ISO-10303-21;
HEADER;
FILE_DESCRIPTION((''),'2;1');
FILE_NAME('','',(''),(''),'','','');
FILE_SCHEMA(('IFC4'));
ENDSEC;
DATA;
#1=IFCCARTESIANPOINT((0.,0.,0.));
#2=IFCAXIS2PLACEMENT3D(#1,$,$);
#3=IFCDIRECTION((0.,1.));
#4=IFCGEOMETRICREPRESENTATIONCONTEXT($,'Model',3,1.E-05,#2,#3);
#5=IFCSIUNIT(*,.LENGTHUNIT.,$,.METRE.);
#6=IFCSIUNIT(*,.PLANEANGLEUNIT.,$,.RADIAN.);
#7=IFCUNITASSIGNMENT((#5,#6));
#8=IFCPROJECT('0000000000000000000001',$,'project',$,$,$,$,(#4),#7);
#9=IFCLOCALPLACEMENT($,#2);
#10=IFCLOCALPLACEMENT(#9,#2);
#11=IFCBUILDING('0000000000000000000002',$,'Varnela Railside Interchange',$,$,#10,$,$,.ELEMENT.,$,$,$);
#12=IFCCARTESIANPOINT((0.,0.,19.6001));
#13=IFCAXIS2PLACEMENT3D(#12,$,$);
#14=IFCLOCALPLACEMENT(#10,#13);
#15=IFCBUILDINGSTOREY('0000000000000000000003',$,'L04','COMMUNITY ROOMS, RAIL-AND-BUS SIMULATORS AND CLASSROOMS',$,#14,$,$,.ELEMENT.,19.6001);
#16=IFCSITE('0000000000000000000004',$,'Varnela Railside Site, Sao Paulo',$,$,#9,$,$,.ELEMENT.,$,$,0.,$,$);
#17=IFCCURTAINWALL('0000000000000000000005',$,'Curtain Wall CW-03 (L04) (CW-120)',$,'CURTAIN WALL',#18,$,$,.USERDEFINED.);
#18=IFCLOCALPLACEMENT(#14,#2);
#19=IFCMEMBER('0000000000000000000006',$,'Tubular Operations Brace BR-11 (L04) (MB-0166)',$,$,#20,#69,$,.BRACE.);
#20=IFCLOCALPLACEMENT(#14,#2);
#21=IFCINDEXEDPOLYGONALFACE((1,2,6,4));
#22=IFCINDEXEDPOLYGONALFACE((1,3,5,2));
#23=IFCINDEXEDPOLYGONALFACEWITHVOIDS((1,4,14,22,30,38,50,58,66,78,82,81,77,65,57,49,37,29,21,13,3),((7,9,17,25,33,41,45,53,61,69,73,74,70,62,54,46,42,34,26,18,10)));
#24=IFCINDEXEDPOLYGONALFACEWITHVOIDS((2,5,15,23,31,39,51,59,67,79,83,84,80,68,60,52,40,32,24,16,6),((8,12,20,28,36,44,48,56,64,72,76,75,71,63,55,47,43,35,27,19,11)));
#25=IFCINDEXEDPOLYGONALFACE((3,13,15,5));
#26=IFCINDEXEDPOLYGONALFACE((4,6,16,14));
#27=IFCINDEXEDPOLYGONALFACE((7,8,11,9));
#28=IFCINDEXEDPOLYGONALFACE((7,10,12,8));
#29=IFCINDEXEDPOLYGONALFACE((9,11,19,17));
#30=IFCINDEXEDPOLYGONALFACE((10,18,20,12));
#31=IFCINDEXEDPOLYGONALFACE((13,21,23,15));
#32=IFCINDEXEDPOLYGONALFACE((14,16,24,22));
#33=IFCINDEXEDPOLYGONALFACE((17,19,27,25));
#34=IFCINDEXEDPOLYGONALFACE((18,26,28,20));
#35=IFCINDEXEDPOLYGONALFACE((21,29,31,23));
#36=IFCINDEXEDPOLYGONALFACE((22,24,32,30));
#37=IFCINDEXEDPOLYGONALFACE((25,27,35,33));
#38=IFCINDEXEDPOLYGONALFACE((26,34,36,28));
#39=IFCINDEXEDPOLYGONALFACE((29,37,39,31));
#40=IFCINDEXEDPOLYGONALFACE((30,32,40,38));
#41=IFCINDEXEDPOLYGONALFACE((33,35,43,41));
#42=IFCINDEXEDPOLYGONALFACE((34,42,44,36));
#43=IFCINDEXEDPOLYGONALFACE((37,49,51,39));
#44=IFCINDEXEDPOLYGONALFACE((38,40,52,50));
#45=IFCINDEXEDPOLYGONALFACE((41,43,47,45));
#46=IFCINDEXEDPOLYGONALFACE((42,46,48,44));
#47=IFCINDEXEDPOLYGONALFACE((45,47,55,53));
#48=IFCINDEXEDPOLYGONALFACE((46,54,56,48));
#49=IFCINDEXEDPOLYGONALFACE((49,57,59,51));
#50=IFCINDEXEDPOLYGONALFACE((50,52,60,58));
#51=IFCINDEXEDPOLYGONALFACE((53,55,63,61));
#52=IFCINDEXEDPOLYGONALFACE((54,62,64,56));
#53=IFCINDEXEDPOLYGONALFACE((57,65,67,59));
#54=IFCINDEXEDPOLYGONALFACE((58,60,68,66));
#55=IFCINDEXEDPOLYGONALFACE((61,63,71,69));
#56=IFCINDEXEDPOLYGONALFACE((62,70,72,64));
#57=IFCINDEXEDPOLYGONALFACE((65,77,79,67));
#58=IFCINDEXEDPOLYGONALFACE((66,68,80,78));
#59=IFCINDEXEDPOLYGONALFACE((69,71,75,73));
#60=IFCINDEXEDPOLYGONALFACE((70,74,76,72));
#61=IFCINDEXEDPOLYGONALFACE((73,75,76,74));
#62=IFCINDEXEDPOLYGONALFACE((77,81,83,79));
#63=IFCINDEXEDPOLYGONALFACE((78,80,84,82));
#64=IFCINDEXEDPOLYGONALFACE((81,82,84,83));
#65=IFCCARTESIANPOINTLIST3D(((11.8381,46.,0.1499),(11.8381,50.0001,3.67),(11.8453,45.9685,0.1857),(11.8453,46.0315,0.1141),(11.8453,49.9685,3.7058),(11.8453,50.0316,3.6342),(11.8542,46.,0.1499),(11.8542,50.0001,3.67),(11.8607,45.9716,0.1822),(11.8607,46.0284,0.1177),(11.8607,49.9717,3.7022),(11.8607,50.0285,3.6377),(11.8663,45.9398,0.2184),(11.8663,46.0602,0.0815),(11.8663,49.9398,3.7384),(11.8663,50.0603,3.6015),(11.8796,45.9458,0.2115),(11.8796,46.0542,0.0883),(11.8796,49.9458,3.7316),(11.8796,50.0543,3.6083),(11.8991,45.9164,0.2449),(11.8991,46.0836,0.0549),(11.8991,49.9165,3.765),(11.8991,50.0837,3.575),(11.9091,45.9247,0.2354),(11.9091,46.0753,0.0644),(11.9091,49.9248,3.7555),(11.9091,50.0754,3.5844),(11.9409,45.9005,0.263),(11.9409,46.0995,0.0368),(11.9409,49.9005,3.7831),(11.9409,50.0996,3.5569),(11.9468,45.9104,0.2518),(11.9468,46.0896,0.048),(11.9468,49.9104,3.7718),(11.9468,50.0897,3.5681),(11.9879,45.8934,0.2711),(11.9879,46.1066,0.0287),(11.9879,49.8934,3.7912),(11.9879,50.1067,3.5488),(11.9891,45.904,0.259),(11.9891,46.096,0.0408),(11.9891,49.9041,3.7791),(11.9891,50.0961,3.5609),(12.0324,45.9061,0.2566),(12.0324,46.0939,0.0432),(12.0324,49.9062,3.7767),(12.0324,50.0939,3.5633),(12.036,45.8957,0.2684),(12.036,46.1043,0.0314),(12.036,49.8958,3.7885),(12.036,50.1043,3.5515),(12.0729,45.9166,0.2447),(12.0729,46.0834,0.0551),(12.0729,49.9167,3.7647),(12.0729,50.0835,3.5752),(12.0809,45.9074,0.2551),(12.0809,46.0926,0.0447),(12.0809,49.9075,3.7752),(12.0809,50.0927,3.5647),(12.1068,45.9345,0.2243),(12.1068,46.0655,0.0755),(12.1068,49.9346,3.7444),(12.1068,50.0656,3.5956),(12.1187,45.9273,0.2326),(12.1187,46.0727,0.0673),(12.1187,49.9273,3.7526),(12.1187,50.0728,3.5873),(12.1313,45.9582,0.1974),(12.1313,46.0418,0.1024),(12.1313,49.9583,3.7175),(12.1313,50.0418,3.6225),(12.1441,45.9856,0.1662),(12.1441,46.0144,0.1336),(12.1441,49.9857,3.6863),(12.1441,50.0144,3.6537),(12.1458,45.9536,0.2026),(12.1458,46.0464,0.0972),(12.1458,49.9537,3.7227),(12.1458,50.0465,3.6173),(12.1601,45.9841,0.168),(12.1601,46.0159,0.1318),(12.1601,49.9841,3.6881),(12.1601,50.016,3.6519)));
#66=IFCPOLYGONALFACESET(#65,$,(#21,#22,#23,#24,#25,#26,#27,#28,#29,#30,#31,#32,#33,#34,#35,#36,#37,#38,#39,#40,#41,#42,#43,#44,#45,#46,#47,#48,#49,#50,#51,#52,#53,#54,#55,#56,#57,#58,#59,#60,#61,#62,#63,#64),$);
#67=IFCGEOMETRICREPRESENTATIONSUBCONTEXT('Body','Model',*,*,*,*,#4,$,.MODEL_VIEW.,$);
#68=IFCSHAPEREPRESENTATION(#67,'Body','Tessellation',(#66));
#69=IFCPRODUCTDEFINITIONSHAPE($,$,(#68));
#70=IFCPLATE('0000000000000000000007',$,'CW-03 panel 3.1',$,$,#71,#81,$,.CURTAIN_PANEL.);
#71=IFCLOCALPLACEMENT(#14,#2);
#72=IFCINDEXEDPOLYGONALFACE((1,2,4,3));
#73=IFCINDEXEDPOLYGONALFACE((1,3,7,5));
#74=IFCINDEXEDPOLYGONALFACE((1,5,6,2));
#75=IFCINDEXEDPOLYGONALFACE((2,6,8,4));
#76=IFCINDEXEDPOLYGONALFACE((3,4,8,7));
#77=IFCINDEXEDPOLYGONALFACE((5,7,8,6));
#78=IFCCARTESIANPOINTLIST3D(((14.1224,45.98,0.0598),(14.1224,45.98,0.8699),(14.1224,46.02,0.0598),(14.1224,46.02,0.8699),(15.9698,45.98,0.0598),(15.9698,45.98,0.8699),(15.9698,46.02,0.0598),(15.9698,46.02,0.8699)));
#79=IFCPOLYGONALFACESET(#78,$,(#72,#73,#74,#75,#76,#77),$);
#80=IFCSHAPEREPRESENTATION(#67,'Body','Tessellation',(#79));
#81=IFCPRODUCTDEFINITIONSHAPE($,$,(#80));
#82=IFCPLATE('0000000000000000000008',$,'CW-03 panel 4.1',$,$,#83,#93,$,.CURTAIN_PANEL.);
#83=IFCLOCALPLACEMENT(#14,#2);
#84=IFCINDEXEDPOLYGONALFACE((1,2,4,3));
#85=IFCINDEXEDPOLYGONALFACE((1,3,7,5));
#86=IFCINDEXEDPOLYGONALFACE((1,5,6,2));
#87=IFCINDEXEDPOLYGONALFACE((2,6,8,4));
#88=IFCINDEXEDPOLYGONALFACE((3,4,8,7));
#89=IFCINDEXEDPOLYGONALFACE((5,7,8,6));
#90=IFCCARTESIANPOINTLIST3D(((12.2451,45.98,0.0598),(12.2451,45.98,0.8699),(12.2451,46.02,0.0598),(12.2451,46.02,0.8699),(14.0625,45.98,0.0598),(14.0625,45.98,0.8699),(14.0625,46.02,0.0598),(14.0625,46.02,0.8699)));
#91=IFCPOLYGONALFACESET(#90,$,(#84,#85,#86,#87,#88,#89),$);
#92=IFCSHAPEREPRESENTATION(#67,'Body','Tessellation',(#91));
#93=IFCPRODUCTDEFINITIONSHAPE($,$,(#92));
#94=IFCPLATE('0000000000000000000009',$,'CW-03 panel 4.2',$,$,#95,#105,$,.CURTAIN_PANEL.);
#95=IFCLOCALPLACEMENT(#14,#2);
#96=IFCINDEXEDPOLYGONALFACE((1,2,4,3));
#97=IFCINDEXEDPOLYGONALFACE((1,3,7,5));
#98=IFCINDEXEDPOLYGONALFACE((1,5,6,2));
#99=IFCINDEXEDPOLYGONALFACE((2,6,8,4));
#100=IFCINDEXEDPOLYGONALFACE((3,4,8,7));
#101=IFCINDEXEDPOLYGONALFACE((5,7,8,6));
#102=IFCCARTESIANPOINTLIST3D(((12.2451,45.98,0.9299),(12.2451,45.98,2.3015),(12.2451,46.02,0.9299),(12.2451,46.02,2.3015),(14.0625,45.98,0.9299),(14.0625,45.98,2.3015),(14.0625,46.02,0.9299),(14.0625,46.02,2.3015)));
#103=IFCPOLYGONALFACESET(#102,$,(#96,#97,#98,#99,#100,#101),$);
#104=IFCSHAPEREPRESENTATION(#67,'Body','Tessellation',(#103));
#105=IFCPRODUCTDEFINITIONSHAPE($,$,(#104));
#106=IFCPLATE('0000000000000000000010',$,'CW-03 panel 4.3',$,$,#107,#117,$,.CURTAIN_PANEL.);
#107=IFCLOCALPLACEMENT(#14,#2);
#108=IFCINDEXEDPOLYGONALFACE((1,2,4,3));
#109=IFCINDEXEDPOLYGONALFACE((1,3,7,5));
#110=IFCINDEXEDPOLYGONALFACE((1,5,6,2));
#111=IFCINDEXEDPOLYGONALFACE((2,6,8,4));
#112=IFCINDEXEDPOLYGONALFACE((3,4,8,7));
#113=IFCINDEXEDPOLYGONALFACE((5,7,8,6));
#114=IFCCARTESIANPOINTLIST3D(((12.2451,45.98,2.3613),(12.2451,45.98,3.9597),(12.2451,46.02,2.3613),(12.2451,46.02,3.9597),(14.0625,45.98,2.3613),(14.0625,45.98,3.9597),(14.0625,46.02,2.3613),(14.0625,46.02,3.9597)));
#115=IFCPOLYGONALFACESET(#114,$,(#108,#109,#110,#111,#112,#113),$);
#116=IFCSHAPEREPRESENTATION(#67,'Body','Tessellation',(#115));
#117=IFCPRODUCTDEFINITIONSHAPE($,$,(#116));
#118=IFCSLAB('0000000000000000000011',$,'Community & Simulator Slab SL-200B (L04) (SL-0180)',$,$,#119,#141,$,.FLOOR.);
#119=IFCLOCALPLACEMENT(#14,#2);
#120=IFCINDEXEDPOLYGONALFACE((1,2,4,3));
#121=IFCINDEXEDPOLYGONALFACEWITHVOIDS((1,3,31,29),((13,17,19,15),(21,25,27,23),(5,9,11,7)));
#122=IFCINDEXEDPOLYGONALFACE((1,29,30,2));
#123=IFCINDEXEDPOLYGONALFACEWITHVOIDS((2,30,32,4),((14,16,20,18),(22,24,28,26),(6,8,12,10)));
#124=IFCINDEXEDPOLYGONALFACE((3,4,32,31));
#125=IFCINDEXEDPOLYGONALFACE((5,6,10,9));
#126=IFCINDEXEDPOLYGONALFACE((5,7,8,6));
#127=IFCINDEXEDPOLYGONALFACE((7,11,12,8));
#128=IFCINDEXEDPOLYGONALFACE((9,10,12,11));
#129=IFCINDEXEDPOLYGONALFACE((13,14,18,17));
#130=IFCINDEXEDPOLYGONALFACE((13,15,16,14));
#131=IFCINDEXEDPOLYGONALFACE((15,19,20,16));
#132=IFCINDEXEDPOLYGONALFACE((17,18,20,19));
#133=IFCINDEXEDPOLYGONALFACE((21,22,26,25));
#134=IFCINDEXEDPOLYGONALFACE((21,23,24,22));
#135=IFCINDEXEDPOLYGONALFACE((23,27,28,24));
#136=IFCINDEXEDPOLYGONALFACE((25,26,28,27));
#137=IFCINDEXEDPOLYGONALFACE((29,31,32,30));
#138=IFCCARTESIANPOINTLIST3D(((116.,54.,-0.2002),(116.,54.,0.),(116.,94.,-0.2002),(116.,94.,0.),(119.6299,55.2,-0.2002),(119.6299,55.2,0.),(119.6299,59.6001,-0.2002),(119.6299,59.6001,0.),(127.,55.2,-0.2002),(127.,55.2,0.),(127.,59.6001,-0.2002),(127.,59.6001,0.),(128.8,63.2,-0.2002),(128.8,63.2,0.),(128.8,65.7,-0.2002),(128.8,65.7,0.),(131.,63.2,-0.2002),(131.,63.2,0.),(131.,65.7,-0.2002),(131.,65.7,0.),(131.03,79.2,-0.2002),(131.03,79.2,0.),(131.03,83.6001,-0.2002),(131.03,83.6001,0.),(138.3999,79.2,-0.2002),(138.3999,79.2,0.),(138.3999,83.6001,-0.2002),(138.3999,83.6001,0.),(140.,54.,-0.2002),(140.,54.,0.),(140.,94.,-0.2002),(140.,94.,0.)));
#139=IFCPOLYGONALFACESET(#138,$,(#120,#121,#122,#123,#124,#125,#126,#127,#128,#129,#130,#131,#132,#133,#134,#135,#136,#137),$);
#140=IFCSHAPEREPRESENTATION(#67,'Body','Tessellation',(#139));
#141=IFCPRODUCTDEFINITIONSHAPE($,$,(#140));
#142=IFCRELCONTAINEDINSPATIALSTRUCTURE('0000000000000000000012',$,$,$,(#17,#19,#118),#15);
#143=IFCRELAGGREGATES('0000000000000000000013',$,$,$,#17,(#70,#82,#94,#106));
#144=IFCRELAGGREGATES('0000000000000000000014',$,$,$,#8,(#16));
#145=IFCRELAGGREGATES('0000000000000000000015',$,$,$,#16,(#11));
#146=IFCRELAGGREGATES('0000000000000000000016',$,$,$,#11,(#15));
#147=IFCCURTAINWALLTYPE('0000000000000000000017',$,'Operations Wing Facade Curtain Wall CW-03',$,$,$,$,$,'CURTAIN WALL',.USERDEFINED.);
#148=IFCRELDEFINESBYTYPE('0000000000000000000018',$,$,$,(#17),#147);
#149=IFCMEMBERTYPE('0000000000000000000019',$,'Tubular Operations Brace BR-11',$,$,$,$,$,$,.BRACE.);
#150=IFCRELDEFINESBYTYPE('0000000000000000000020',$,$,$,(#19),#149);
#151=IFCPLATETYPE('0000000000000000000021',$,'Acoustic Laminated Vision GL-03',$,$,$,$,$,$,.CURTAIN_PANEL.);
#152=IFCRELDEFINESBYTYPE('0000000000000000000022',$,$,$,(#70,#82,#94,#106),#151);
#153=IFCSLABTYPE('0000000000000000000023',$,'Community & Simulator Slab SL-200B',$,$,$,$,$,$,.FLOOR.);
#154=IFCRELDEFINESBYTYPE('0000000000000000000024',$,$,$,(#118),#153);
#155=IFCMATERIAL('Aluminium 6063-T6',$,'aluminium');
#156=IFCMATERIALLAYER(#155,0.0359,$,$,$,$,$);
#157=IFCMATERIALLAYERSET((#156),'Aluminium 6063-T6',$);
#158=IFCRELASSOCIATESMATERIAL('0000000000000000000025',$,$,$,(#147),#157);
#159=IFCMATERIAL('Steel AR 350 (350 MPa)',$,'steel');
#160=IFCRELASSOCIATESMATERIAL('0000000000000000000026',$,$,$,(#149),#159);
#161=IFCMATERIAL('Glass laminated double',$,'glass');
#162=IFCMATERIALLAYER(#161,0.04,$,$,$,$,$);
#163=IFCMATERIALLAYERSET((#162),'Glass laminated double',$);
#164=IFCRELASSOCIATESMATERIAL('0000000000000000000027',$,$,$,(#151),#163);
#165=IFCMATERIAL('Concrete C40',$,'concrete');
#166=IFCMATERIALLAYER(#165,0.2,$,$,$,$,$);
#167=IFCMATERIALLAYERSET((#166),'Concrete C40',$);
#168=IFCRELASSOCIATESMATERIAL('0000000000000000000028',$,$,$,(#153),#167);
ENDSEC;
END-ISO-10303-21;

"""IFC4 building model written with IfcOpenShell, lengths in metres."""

from ifc_helpers import new_model, si_unit, direction, frame, origin, origin_2d, place, context, subcontext, project, spatial, polyline, rectangle, hollow_circle, outline, extrude, material, layer, layer_set, material_profile, profile_set, type_object, element, aggregate, save


model = new_model("IFC4")

# Units and contexts
model_context = context("Model", 3, precision=1e-05, world=origin(), true_north=direction((0.0, 1.0)))
body_context = subcontext(model_context, "Body", "Model", "MODEL_VIEW")
ifc_project = project(units=[si_unit("LENGTHUNIT", "METRE"), si_unit("PLANEANGLEUNIT", "RADIAN")], contexts=[model_context])

# Site, building, storey
site_placement = place(None, origin())
site = spatial("IfcSite", under=ifc_project, at=site_placement, Name="Varnela Railside Site, Sao Paulo", CompositionType="ELEMENT", RefElevation=0.0)
building_placement = place(site_placement, origin())
building = spatial("IfcBuilding", under=site, at=building_placement, Name="Varnela Railside Interchange", CompositionType="ELEMENT")
storey_placement = place(building_placement, frame((0.0, 0.0, 19.6001)))
storey = spatial("IfcBuildingStorey", under=building, at=storey_placement, Name="L04", Description="COMMUNITY ROOMS, RAIL-AND-BUS SIMULATORS AND CLASSROOMS", CompositionType="ELEMENT", Elevation=19.6001)

# Shared definitions
ifc_material_1 = material(Name="Steel AR 350 (350 MPa)", Category="steel")

# Curtain wall
ifc_material_2 = material(Name="Aluminium 6063-T6", Category="aluminium")
ifc_layer_1 = layer(ifc_material_2, 0.0359)
ifc_layer_set_1 = layer_set([ifc_layer_1], Name="Aluminium 6063-T6")
curtain_wall_type = type_object("IfcCurtainWallType", Name="Operations Wing Facade Curtain Wall CW-03", ElementType="CURTAIN WALL", PredefinedType="USERDEFINED", material=ifc_layer_set_1)
curtain_wall_placement = place(storey_placement, origin())
curtain_wall = element("IfcCurtainWall", 1, at=curtain_wall_placement, inside=storey, type_object=curtain_wall_type, Name="Curtain Wall CW-03 (L04) (CW-120)", ObjectType="CURTAIN WALL", PredefinedType="USERDEFINED")

# Member
ifc_material_profile_1 = material_profile(ifc_material_1, hollow_circle(Radius=0.1619, WallThickness=0.0161, at=origin_2d()), Name="CHS 323.9x16")
ifc_profile_set_1 = profile_set([ifc_material_profile_1], Name="Steel AR 350 (350 MPa)")
member_type_1 = type_object("IfcMemberType", Name="Tubular Operations Brace BR-11", PredefinedType="BRACE", material=ifc_profile_set_1)
member_1_placement = place(storey_placement, frame((12.0, 46.0, 0.1499), z_axis=(0.0, 0.750712, 0.66063), x_axis=(-1.0, 0.0, 0.0)))
element("IfcMember", 2, at=member_1_placement, inside=storey, type_object=member_type_1, Name="Tubular Operations Brace BR-11 (L04) (MB-0166)", PredefinedType="BRACE", context=body_context, shape_type="SweptSolid", body=[
    extrude(hollow_circle(Radius=0.1619, WallThickness=0.0161, at=origin_2d()), origin(), (0.0, 0.0, 1.0), 5.3284),
])

# Plates
ifc_material_3 = material(Name="Glass laminated double", Category="glass")
ifc_layer_2 = layer(ifc_material_3, 0.04)
ifc_layer_set_2 = layer_set([ifc_layer_2], Name="Glass laminated double")
plate_type = type_object("IfcPlateType", Name="Acoustic Laminated Vision GL-03", PredefinedType="CURTAIN_PANEL", material=ifc_layer_set_2)
plate_1_placement = place(storey_placement, frame((15.0461, 46.0, 0.0598), z_axis=(0.0, 0.0, 1.0), x_axis=(-1.0, 0.0, 0.0)))
plate_1 = element("IfcPlate", 3, at=plate_1_placement, type_object=plate_type, Name="CW-03 panel 3.1", PredefinedType="CURTAIN_PANEL", context=body_context, shape_type="SweptSolid", body=[
    extrude(rectangle(XDim=1.8474, YDim=0.04, at=origin_2d()), origin(), (0.0, 0.0, 1.0), 0.8101),
])
plate_2_placement = place(storey_placement, frame((13.1538, 46.0, 0.0598), z_axis=(0.0, 0.0, 1.0), x_axis=(-1.0, 0.0, 0.0)))
plate_2 = element("IfcPlate", 4, at=plate_2_placement, type_object=plate_type, Name="CW-03 panel 4.1", PredefinedType="CURTAIN_PANEL", context=body_context, shape_type="SweptSolid", body=[
    extrude(rectangle(XDim=1.8174, YDim=0.04, at=origin_2d()), origin(), (0.0, 0.0, 1.0), 0.8101),
])
plate_3_placement = place(storey_placement, frame((13.1538, 46.0, 0.9299), z_axis=(0.0, 0.0, 1.0), x_axis=(-1.0, 0.0, 0.0)))
plate_3 = element("IfcPlate", 5, at=plate_3_placement, type_object=plate_type, Name="CW-03 panel 4.2", PredefinedType="CURTAIN_PANEL", context=body_context, shape_type="SweptSolid", body=[
    extrude(rectangle(XDim=1.8174, YDim=0.04, at=origin_2d()), origin(), (0.0, 0.0, 1.0), 1.3716),
])
plate_4_placement = place(storey_placement, frame((13.1538, 46.0, 2.3613), z_axis=(0.0, 0.0, 1.0), x_axis=(-1.0, 0.0, 0.0)))
plate_4 = element("IfcPlate", 6, at=plate_4_placement, type_object=plate_type, Name="CW-03 panel 4.3", PredefinedType="CURTAIN_PANEL", context=body_context, shape_type="SweptSolid", body=[
    extrude(rectangle(XDim=1.8174, YDim=0.04, at=origin_2d()), origin(), (0.0, 0.0, 1.0), 1.5984),
])
aggregate(curtain_wall, [plate_1, plate_2, plate_3, plate_4])

# Slab
ifc_material_4 = material(Name="Concrete C40", Category="concrete")
ifc_layer_3 = layer(ifc_material_4, 0.2)
ifc_layer_set_3 = layer_set([ifc_layer_3], Name="Concrete C40")
slab_type_1 = type_object("IfcSlabType", Name="Community & Simulator Slab SL-200B", PredefinedType="FLOOR", material=ifc_layer_set_3)
slab_1_placement = place(storey_placement, frame((0.0, 0.0, -0.2002)))
element("IfcSlab", 7, at=slab_1_placement, inside=storey, type_object=slab_type_1, Name="Community & Simulator Slab SL-200B (L04) (SL-0180)", PredefinedType="FLOOR", context=body_context, shape_type="SweptSolid", body=[
    extrude(outline(polyline([(116.0, 54.0), (140.0, 54.0), (140.0, 94.0), (116.0, 94.0), (116.0, 54.0)]), holes=[polyline([(119.6299, 55.2), (127.0, 55.2), (127.0, 59.6001), (119.6299, 59.6001), (119.6299, 55.2)]), polyline([(131.03, 79.2), (138.3999, 79.2), (138.3999, 83.6001), (131.03, 83.6001), (131.03, 79.2)]), polyline([(128.8, 63.2), (131.0, 63.2), (131.0, 65.7), (128.8, 65.7), (128.8, 63.2)])]), origin(), (0.0, 0.0, 1.0), 0.2002),
])

save(model, "model.ifc")
